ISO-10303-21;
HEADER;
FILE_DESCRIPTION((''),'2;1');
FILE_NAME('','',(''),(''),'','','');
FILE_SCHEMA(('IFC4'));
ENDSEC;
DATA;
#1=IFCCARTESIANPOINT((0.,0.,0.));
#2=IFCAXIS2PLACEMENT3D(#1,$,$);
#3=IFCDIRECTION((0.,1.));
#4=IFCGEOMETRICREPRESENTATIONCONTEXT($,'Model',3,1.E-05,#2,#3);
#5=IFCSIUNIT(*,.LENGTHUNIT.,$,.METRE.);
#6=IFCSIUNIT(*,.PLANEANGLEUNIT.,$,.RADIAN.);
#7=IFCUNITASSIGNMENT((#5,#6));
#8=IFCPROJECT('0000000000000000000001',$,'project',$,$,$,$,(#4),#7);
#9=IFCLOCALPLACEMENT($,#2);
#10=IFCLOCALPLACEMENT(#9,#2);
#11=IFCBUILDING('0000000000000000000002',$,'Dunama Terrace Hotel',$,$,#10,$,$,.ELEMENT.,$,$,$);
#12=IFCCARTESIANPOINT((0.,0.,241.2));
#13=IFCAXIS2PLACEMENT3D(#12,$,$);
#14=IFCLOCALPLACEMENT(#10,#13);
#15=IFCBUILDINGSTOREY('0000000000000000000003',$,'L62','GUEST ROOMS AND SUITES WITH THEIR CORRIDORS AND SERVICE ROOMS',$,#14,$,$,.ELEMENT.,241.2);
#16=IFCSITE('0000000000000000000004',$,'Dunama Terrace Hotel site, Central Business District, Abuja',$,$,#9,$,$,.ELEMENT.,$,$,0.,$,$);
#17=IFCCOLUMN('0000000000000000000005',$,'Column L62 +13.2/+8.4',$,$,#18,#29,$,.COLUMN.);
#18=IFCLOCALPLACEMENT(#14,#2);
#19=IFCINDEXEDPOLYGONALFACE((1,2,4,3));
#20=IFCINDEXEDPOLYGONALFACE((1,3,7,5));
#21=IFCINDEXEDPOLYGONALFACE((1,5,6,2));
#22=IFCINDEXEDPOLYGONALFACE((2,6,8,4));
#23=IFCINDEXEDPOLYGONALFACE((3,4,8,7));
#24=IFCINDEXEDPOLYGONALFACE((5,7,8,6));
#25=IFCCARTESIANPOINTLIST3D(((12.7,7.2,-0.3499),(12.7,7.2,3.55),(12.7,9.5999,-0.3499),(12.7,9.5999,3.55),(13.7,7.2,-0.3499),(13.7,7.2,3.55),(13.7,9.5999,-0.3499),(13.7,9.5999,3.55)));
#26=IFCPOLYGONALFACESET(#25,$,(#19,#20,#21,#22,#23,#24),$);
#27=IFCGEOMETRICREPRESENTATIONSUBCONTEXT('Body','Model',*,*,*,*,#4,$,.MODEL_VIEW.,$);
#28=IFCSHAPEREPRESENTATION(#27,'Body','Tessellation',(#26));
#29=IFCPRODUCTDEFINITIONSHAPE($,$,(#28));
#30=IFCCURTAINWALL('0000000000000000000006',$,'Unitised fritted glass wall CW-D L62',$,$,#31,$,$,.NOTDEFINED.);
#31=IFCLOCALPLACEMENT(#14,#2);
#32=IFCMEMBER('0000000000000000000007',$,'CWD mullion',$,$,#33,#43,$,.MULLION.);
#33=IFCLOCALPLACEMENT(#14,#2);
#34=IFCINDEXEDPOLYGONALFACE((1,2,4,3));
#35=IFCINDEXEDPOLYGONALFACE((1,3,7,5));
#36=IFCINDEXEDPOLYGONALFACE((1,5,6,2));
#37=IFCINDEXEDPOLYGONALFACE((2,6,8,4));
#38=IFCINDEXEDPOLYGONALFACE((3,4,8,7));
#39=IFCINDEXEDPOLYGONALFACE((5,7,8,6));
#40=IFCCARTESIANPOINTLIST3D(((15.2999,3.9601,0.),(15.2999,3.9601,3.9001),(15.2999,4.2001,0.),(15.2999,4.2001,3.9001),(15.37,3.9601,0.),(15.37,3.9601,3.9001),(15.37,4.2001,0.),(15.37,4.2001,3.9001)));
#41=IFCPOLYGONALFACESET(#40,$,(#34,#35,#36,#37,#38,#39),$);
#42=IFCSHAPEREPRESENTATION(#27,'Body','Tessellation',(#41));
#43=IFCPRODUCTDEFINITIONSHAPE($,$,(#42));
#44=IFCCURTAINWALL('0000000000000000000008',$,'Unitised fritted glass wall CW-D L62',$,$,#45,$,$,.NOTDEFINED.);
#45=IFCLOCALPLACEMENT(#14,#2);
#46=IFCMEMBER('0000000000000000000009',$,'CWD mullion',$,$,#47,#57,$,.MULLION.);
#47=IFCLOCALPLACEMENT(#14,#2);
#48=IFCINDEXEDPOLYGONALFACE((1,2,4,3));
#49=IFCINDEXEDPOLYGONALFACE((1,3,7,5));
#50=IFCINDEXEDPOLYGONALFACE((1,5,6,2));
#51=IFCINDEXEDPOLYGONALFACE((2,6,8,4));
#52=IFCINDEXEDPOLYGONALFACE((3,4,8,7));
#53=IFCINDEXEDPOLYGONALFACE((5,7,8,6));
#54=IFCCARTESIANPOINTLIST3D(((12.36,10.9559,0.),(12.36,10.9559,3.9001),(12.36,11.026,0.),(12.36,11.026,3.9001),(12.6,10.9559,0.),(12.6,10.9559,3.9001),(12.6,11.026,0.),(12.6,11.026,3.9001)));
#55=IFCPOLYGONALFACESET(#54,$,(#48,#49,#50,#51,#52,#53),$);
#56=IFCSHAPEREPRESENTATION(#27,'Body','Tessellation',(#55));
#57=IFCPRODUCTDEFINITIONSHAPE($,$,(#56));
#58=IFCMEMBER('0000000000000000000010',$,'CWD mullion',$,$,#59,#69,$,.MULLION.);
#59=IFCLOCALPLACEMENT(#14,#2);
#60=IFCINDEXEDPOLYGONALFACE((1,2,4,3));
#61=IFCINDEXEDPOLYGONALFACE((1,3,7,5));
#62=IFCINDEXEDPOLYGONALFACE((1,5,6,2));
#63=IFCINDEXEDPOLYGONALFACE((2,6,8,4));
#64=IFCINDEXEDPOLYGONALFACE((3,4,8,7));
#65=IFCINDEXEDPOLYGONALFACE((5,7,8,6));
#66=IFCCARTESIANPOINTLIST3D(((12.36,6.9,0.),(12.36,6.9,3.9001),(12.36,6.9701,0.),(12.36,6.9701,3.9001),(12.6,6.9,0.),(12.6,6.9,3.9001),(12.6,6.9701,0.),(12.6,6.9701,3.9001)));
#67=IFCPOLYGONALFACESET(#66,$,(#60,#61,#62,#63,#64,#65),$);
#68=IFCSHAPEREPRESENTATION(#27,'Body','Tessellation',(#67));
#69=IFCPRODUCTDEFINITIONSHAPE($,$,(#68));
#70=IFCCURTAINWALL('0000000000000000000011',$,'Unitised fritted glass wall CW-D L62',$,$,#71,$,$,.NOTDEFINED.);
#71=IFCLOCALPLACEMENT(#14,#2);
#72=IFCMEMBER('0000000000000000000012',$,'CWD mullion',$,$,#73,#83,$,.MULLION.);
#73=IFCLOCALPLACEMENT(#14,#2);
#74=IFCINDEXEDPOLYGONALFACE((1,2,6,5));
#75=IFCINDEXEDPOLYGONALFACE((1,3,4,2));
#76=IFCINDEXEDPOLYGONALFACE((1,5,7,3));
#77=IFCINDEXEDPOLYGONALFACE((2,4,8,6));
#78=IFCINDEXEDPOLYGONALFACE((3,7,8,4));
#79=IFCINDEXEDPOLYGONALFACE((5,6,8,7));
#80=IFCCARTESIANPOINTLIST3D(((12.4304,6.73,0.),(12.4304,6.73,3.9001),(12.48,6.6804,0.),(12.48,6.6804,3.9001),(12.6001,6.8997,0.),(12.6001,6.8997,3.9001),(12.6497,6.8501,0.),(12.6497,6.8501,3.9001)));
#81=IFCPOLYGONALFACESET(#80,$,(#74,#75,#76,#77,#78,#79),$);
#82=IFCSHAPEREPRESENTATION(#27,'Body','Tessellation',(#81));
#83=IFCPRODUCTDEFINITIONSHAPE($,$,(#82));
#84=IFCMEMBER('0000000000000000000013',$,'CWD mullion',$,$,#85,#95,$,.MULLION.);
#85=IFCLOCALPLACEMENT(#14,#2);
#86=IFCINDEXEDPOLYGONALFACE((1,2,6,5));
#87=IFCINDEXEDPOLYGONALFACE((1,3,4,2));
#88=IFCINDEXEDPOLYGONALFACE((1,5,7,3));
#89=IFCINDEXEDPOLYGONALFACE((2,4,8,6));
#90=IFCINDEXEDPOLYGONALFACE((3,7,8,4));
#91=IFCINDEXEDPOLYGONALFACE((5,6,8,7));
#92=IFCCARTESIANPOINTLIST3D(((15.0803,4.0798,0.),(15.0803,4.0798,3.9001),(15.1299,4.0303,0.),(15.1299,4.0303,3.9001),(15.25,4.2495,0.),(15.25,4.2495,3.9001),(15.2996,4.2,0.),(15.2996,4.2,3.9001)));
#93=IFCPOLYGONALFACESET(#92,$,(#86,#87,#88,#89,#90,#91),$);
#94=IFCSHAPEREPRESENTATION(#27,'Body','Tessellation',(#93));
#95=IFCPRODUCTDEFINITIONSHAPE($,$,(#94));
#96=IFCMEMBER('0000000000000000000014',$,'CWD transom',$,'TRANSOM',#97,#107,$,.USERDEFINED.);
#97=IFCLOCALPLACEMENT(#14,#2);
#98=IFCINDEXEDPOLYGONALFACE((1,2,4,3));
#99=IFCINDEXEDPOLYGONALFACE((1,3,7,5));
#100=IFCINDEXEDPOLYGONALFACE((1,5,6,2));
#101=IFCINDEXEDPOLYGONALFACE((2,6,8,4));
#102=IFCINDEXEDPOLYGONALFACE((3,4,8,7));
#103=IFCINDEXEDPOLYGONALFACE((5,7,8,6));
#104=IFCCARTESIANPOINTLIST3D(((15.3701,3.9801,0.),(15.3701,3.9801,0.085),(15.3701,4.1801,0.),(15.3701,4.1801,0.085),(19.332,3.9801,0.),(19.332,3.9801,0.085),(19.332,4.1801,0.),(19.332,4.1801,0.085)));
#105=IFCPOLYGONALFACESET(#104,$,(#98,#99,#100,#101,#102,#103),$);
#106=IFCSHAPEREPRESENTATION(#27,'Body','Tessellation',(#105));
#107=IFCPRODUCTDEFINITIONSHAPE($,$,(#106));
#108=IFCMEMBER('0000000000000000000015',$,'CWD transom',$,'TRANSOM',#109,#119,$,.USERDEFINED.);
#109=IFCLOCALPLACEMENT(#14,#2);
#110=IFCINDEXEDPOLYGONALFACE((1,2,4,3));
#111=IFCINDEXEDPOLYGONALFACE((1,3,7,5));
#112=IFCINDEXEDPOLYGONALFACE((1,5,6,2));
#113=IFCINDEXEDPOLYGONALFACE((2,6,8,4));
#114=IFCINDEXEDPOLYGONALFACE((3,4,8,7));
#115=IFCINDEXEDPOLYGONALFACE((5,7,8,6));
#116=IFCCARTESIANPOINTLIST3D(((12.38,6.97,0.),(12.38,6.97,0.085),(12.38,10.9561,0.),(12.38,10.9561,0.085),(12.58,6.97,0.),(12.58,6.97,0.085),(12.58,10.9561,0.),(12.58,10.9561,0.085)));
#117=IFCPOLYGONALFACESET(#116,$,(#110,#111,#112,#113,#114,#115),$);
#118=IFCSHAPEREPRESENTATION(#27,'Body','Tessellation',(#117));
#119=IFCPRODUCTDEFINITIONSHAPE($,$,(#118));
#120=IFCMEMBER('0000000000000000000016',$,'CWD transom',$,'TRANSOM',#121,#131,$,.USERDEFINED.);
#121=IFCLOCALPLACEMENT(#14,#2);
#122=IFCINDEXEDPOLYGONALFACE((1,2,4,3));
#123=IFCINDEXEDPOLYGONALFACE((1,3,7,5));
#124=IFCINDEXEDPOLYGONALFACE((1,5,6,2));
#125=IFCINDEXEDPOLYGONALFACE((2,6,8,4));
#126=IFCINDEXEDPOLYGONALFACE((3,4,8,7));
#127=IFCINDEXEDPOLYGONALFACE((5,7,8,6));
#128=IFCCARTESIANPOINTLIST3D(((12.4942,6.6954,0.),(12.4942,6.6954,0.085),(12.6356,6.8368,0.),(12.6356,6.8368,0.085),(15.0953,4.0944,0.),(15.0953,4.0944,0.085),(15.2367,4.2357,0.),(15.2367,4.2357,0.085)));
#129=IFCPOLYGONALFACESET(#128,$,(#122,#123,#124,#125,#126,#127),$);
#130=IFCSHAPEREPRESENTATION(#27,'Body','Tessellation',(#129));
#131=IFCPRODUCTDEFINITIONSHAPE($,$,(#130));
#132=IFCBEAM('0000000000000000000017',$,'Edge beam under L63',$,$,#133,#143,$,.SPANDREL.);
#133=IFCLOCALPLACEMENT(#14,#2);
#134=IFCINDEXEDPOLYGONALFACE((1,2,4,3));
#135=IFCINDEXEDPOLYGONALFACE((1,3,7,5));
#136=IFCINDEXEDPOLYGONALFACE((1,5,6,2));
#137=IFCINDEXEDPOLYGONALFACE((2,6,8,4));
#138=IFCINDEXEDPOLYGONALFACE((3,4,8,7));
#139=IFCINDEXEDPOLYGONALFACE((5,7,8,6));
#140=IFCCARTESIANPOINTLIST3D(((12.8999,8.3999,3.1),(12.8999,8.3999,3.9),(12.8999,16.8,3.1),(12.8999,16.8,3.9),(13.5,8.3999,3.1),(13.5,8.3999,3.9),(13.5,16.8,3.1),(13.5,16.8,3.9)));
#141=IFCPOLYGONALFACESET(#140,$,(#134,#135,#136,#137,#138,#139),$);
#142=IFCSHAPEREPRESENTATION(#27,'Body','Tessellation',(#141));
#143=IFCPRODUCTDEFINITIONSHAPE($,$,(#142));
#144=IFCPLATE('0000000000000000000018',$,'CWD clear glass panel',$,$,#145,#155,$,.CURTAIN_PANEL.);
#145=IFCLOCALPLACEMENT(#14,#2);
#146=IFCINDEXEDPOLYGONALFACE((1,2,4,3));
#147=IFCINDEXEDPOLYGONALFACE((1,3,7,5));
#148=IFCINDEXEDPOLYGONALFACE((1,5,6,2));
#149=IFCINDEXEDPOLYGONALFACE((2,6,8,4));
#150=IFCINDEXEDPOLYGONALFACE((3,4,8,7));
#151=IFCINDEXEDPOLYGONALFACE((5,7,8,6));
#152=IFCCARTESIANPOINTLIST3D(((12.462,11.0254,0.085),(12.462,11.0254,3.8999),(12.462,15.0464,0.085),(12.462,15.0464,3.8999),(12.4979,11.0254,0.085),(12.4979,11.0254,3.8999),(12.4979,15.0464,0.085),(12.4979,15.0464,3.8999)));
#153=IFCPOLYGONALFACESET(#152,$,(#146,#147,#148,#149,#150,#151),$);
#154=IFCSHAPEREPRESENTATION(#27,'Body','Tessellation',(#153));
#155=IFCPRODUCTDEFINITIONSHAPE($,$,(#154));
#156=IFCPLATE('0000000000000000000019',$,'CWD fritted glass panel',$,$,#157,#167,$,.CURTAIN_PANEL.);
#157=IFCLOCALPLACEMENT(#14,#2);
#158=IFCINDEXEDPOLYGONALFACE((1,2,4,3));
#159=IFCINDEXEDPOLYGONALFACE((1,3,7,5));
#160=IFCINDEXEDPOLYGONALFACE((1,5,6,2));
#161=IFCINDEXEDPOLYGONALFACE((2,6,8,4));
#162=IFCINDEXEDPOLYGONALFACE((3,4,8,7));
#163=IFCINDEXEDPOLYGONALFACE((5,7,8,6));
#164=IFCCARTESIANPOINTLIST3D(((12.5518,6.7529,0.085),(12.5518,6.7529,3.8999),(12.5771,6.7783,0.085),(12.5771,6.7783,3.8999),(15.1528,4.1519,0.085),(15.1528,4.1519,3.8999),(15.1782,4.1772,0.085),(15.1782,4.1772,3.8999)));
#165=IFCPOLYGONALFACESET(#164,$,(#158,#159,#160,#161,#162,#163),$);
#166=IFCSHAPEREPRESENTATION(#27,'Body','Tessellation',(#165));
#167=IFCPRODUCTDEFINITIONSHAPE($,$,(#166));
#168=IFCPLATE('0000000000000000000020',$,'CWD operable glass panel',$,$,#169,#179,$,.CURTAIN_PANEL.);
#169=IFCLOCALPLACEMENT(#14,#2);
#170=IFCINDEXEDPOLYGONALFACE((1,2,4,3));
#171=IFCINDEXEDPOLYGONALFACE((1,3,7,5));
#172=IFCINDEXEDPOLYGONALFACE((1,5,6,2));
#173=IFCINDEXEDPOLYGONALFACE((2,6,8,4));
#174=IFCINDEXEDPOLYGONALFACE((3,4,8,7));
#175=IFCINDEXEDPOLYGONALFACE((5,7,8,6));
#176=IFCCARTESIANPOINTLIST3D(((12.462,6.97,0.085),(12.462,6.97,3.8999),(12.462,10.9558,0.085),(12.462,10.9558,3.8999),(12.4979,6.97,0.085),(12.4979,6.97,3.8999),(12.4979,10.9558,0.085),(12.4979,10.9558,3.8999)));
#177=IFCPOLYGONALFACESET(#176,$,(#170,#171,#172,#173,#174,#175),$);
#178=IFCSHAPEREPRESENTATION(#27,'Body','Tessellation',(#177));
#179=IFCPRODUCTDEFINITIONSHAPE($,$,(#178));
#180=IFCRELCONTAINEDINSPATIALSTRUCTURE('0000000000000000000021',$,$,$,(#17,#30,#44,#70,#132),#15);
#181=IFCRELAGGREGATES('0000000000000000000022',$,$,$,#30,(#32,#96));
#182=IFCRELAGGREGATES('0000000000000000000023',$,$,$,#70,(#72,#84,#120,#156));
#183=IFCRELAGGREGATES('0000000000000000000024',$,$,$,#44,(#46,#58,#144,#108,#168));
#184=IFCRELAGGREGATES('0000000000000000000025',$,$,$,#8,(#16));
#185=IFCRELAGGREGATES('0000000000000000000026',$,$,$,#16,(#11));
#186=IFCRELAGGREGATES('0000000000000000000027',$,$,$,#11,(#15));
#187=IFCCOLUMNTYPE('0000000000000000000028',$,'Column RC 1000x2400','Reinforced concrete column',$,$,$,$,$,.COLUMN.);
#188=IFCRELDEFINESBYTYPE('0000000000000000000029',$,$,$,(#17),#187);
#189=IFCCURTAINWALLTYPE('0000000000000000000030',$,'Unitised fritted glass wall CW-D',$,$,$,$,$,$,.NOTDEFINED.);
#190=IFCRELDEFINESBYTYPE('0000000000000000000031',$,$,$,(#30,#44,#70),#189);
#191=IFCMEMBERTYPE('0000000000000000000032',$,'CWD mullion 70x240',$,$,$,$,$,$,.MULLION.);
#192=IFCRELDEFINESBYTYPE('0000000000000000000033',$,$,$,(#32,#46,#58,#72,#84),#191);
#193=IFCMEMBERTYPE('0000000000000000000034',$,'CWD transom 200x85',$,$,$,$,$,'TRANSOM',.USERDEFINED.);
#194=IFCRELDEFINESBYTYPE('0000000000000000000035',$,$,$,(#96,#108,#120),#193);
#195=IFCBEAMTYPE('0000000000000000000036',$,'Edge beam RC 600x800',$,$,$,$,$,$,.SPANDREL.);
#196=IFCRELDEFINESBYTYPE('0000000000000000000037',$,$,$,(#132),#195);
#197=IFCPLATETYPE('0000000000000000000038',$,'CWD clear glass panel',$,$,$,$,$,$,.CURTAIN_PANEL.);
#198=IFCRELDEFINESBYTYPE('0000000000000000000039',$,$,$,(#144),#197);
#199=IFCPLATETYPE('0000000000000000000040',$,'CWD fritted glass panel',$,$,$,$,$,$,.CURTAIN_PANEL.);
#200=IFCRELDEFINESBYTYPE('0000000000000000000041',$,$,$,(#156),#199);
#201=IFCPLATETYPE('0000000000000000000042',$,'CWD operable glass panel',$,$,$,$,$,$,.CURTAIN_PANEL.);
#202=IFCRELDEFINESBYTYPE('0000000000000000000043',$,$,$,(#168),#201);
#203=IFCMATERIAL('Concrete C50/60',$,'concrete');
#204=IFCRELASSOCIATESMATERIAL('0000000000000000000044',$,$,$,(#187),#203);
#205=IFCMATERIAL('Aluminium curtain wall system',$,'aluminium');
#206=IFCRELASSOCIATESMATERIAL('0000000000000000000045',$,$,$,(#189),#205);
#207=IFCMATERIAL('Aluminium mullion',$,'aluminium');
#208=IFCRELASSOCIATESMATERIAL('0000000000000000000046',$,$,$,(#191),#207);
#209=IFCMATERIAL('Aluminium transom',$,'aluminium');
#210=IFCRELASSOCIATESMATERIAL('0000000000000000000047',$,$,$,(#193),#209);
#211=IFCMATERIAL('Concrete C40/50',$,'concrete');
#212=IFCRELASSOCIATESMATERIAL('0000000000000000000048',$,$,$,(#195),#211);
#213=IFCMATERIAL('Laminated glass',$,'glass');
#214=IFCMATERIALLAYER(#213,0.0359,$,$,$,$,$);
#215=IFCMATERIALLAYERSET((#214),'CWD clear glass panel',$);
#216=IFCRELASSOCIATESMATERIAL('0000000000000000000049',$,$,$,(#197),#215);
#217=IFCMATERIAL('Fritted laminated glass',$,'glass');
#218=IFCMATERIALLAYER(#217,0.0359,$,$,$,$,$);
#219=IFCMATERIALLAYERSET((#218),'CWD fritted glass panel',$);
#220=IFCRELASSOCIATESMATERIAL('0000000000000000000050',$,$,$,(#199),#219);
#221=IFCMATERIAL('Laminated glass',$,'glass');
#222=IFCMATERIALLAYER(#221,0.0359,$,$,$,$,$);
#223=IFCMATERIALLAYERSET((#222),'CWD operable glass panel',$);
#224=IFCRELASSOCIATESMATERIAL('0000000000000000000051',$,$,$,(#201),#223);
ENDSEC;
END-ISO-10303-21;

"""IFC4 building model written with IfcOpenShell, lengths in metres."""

from ifc_helpers import new_model, si_unit, direction, frame, origin, origin_2d, place, context, subcontext, project, spatial, rectangle, extrude, material, layer, layer_set, material_profile, profile_set, type_object, element, aggregate, save


model = new_model("IFC4")

# Units and contexts
model_context = context("Model", 3, precision=1e-05, world=origin(), true_north=direction((0.0, 1.0)))
body_context = subcontext(model_context, "Body", "Model", "MODEL_VIEW")
ifc_project = project(units=[si_unit("LENGTHUNIT", "METRE"), si_unit("PLANEANGLEUNIT", "RADIAN")], contexts=[model_context])

# Site, building, storey
site_placement = place(None, origin())
site = spatial("IfcSite", under=ifc_project, at=site_placement, Name="Dunama Terrace Hotel site, Central Business District, Abuja", CompositionType="ELEMENT", RefElevation=0.0)
building_placement = place(site_placement, origin())
building = spatial("IfcBuilding", under=site, at=building_placement, Name="Dunama Terrace Hotel", CompositionType="ELEMENT")
storey_placement = place(building_placement, frame((0.0, 0.0, 241.2)))
storey = spatial("IfcBuildingStorey", under=building, at=storey_placement, Name="L62", Description="GUEST ROOMS AND SUITES WITH THEIR CORRIDORS AND SERVICE ROOMS", CompositionType="ELEMENT", Elevation=241.2)

# Column
ifc_material_1 = material(Name="Concrete C50/60", Category="concrete")
ifc_material_profile_1 = material_profile(ifc_material_1, rectangle(XDim=1.0, YDim=2.3999, at=origin_2d()), Name="RC 1000x2400")
ifc_profile_set_1 = profile_set([ifc_material_profile_1], Name="Concrete C50/60")
column_type = type_object("IfcColumnType", Name="Column RC 1000x2400", Description="Reinforced concrete column", PredefinedType="COLUMN", material=ifc_profile_set_1)
column_placement = place(storey_placement, frame((13.2, 8.3999, -0.3499), z_axis=(0.0, 0.0, 1.0), x_axis=(1.0, 0.0, 0.0)))
element("IfcColumn", 1, at=column_placement, inside=storey, type_object=column_type, Name="Column L62 +13.2/+8.4", PredefinedType="COLUMN", context=body_context, shape_type="SweptSolid", body=[
    extrude(rectangle(XDim=1.0, YDim=2.3999, at=origin_2d()), origin(), (0.0, 0.0, 1.0), 3.8999),
])

# Curtain wall, member
ifc_material_2 = material(Name="Aluminium curtain wall system", Category="aluminium")
curtain_wall_type = type_object("IfcCurtainWallType", Name="Unitised fritted glass wall CW-D", PredefinedType="NOTDEFINED", material=ifc_material_2)
curtain_wall_1_placement = place(storey_placement, origin())
curtain_wall_1 = element("IfcCurtainWall", 2, at=curtain_wall_1_placement, inside=storey, type_object=curtain_wall_type, Name="Unitised fritted glass wall CW-D L62", PredefinedType="NOTDEFINED")
ifc_material_3 = material(Name="Aluminium mullion", Category="aluminium")
ifc_material_profile_2 = material_profile(ifc_material_3, rectangle(XDim=0.0701, YDim=0.24, at=origin_2d()), Name="CWD MULLION 70X240")
ifc_profile_set_2 = profile_set([ifc_material_profile_2], Name="Aluminium mullion")
member_type_1 = type_object("IfcMemberType", Name="CWD mullion 70x240", PredefinedType="MULLION", material=ifc_profile_set_2)
member_1_placement = place(storey_placement, frame((15.335, 4.0801, 0.0), z_axis=(0.0, 0.0, 1.0), x_axis=(1.0, 0.0, 0.0)))
member_1 = element("IfcMember", 3, at=member_1_placement, type_object=member_type_1, Name="CWD mullion", PredefinedType="MULLION", context=body_context, shape_type="SweptSolid", body=[
    extrude(rectangle(XDim=0.0701, YDim=0.24, at=origin_2d()), origin(), (0.0, 0.0, 1.0), 3.9001),
])

# Curtain walls, members
curtain_wall_2_placement = place(storey_placement, origin())
curtain_wall_2 = element("IfcCurtainWall", 4, at=curtain_wall_2_placement, inside=storey, type_object=curtain_wall_type, Name="Unitised fritted glass wall CW-D L62", PredefinedType="NOTDEFINED")
member_2_placement = place(storey_placement, frame((12.48, 10.991, 0.0), z_axis=(0.0, 0.0, 1.0), x_axis=(0.0, -1.0, 0.0)))
member_2 = element("IfcMember", 5, at=member_2_placement, type_object=member_type_1, Name="CWD mullion", PredefinedType="MULLION", context=body_context, shape_type="SweptSolid", body=[
    extrude(rectangle(XDim=0.0701, YDim=0.24, at=origin_2d()), origin(), (0.0, 0.0, 1.0), 3.9001),
])
member_3_placement = place(storey_placement, frame((12.48, 6.9351, 0.0), z_axis=(0.0, 0.0, 1.0), x_axis=(0.0, -1.0, 0.0)))
member_3 = element("IfcMember", 6, at=member_3_placement, type_object=member_type_1, Name="CWD mullion", PredefinedType="MULLION", context=body_context, shape_type="SweptSolid", body=[
    extrude(rectangle(XDim=0.0701, YDim=0.24, at=origin_2d()), origin(), (0.0, 0.0, 1.0), 3.9001),
])
curtain_wall_3_placement = place(storey_placement, origin())
curtain_wall_3 = element("IfcCurtainWall", 7, at=curtain_wall_3_placement, inside=storey, type_object=curtain_wall_type, Name="Unitised fritted glass wall CW-D L62", PredefinedType="NOTDEFINED")
member_4_placement = place(storey_placement, frame((12.54, 6.79, 0.0), z_axis=(0.0, 0.0, 1.0), x_axis=(0.707107, -0.707107, 0.0)))
member_4 = element("IfcMember", 8, at=member_4_placement, type_object=member_type_1, Name="CWD mullion", PredefinedType="MULLION", context=body_context, shape_type="SweptSolid", body=[
    extrude(rectangle(XDim=0.0701, YDim=0.24, at=origin_2d()), origin(), (0.0, 0.0, 1.0), 3.9001),
])
member_5_placement = place(storey_placement, frame((15.1899, 4.1399, 0.0), z_axis=(0.0, 0.0, 1.0), x_axis=(0.707107, -0.707107, 0.0)))
member_5 = element("IfcMember", 9, at=member_5_placement, type_object=member_type_1, Name="CWD mullion", PredefinedType="MULLION", context=body_context, shape_type="SweptSolid", body=[
    extrude(rectangle(XDim=0.0701, YDim=0.24, at=origin_2d()), origin(), (0.0, 0.0, 1.0), 3.9001),
])

# Members
ifc_material_4 = material(Name="Aluminium transom", Category="aluminium")
ifc_material_profile_3 = material_profile(ifc_material_4, rectangle(XDim=0.2, YDim=0.085, at=origin_2d()), Name="CWD TRANSOM 200X85")
ifc_profile_set_3 = profile_set([ifc_material_profile_3], Name="Aluminium transom")
member_type_2 = type_object("IfcMemberType", Name="CWD transom 200x85", ElementType="TRANSOM", PredefinedType="USERDEFINED", material=ifc_profile_set_3)
member_6_placement = place(storey_placement, frame((15.3701, 4.0801, 0.0425), z_axis=(1.0, 0.0, 0.0), x_axis=(0.0, 1.0, 0.0)))
member_6 = element("IfcMember", 10, at=member_6_placement, type_object=member_type_2, Name="CWD transom", ObjectType="TRANSOM", PredefinedType="USERDEFINED", context=body_context, shape_type="SweptSolid", body=[
    extrude(rectangle(XDim=0.2, YDim=0.085, at=origin_2d()), origin(), (0.0, 0.0, 1.0), 3.9619),
])
aggregate(curtain_wall_1, [member_1, member_6])
member_7_placement = place(storey_placement, frame((12.48, 10.9561, 0.0425), z_axis=(0.0, -1.0, 0.0), x_axis=(1.0, 0.0, 0.0)))
member_7 = element("IfcMember", 11, at=member_7_placement, type_object=member_type_2, Name="CWD transom", ObjectType="TRANSOM", PredefinedType="USERDEFINED", context=body_context, shape_type="SweptSolid", body=[
    extrude(rectangle(XDim=0.2, YDim=0.085, at=origin_2d()), origin(), (0.0, 0.0, 1.0), 3.9861),
])
member_8_placement = place(storey_placement, frame((12.5649, 6.7661, 0.0425), z_axis=(0.707107, -0.707107, 0.0), x_axis=(0.707107, 0.707107, 0.0)))
member_8 = element("IfcMember", 12, at=member_8_placement, type_object=member_type_2, Name="CWD transom", ObjectType="TRANSOM", PredefinedType="USERDEFINED", context=body_context, shape_type="SweptSolid", body=[
    extrude(rectangle(XDim=0.2, YDim=0.085, at=origin_2d()), origin(), (0.0, 0.0, 1.0), 3.6785),
])

# Beam
ifc_material_5 = material(Name="Concrete C40/50", Category="concrete")
ifc_material_profile_4 = material_profile(ifc_material_5, rectangle(XDim=0.6001, YDim=0.8, at=origin_2d()), Name="RC 600x800")
ifc_profile_set_4 = profile_set([ifc_material_profile_4], Name="Concrete C40/50")
beam_type = type_object("IfcBeamType", Name="Edge beam RC 600x800", PredefinedType="SPANDREL", material=ifc_profile_set_4)
beam_placement = place(storey_placement, frame((13.2, 8.3999, 3.5), z_axis=(0.0, 1.0, 0.0), x_axis=(-1.0, 0.0, 0.0)))
element("IfcBeam", 13, at=beam_placement, inside=storey, type_object=beam_type, Name="Edge beam under L63", PredefinedType="SPANDREL", context=body_context, shape_type="SweptSolid", body=[
    extrude(rectangle(XDim=0.6001, YDim=0.8, at=origin_2d()), origin(), (0.0, 0.0, 1.0), 8.4001),
])

# Plates
ifc_material_6 = material(Name="Laminated glass", Category="glass")
ifc_layer_1 = layer(ifc_material_6, 0.0359)
ifc_layer_set_1 = layer_set([ifc_layer_1], Name="CWD clear glass panel")
plate_type_1 = type_object("IfcPlateType", Name="CWD clear glass panel", PredefinedType="CURTAIN_PANEL", material=ifc_layer_set_1)
plate_1_placement = place(storey_placement, frame((12.48, 13.0359, 0.085), z_axis=(0.0, 0.0, 1.0), x_axis=(0.0, -1.0, 0.0)))
plate_1 = element("IfcPlate", 14, at=plate_1_placement, type_object=plate_type_1, Name="CWD clear glass panel", PredefinedType="CURTAIN_PANEL", context=body_context, shape_type="SweptSolid", body=[
    extrude(rectangle(XDim=4.021, YDim=0.0359, at=origin_2d()), origin(), (0.0, 0.0, 1.0), 3.8149),
])
ifc_material_7 = material(Name="Fritted laminated glass", Category="glass")
ifc_layer_2 = layer(ifc_material_7, 0.0359)
ifc_layer_set_2 = layer_set([ifc_layer_2], Name="CWD fritted glass panel")
plate_type_2 = type_object("IfcPlateType", Name="CWD fritted glass panel", PredefinedType="CURTAIN_PANEL", material=ifc_layer_set_2)
plate_2_placement = place(storey_placement, frame((13.865, 5.4651, 0.085), z_axis=(0.0, 0.0, 1.0), x_axis=(0.707107, -0.707107, 0.0)))
plate_2 = element("IfcPlate", 15, at=plate_2_placement, type_object=plate_type_2, Name="CWD fritted glass panel", PredefinedType="CURTAIN_PANEL", context=body_context, shape_type="SweptSolid", body=[
    extrude(rectangle(XDim=3.6785, YDim=0.0359, at=origin_2d()), origin(), (0.0, 0.0, 1.0), 3.8149),
])
aggregate(curtain_wall_3, [member_4, member_5, member_8, plate_2])
ifc_material_8 = material(Name="Laminated glass", Category="glass")
ifc_layer_3 = layer(ifc_material_8, 0.0359)
ifc_layer_set_3 = layer_set([ifc_layer_3], Name="CWD operable glass panel")
plate_type_3 = type_object("IfcPlateType", Name="CWD operable glass panel", PredefinedType="CURTAIN_PANEL", material=ifc_layer_set_3)
plate_3_placement = place(storey_placement, frame((12.48, 8.9629, 0.085), z_axis=(0.0, 0.0, 1.0), x_axis=(0.0, -1.0, 0.0)))
plate_3 = element("IfcPlate", 16, at=plate_3_placement, type_object=plate_type_3, Name="CWD operable glass panel", PredefinedType="CURTAIN_PANEL", context=body_context, shape_type="SweptSolid", body=[
    extrude(rectangle(XDim=3.9858, YDim=0.0359, at=origin_2d()), origin(), (0.0, 0.0, 1.0), 3.8149),
])
aggregate(curtain_wall_2, [member_2, member_3, plate_1, member_7, plate_3])

save(model, "model.ifc")
